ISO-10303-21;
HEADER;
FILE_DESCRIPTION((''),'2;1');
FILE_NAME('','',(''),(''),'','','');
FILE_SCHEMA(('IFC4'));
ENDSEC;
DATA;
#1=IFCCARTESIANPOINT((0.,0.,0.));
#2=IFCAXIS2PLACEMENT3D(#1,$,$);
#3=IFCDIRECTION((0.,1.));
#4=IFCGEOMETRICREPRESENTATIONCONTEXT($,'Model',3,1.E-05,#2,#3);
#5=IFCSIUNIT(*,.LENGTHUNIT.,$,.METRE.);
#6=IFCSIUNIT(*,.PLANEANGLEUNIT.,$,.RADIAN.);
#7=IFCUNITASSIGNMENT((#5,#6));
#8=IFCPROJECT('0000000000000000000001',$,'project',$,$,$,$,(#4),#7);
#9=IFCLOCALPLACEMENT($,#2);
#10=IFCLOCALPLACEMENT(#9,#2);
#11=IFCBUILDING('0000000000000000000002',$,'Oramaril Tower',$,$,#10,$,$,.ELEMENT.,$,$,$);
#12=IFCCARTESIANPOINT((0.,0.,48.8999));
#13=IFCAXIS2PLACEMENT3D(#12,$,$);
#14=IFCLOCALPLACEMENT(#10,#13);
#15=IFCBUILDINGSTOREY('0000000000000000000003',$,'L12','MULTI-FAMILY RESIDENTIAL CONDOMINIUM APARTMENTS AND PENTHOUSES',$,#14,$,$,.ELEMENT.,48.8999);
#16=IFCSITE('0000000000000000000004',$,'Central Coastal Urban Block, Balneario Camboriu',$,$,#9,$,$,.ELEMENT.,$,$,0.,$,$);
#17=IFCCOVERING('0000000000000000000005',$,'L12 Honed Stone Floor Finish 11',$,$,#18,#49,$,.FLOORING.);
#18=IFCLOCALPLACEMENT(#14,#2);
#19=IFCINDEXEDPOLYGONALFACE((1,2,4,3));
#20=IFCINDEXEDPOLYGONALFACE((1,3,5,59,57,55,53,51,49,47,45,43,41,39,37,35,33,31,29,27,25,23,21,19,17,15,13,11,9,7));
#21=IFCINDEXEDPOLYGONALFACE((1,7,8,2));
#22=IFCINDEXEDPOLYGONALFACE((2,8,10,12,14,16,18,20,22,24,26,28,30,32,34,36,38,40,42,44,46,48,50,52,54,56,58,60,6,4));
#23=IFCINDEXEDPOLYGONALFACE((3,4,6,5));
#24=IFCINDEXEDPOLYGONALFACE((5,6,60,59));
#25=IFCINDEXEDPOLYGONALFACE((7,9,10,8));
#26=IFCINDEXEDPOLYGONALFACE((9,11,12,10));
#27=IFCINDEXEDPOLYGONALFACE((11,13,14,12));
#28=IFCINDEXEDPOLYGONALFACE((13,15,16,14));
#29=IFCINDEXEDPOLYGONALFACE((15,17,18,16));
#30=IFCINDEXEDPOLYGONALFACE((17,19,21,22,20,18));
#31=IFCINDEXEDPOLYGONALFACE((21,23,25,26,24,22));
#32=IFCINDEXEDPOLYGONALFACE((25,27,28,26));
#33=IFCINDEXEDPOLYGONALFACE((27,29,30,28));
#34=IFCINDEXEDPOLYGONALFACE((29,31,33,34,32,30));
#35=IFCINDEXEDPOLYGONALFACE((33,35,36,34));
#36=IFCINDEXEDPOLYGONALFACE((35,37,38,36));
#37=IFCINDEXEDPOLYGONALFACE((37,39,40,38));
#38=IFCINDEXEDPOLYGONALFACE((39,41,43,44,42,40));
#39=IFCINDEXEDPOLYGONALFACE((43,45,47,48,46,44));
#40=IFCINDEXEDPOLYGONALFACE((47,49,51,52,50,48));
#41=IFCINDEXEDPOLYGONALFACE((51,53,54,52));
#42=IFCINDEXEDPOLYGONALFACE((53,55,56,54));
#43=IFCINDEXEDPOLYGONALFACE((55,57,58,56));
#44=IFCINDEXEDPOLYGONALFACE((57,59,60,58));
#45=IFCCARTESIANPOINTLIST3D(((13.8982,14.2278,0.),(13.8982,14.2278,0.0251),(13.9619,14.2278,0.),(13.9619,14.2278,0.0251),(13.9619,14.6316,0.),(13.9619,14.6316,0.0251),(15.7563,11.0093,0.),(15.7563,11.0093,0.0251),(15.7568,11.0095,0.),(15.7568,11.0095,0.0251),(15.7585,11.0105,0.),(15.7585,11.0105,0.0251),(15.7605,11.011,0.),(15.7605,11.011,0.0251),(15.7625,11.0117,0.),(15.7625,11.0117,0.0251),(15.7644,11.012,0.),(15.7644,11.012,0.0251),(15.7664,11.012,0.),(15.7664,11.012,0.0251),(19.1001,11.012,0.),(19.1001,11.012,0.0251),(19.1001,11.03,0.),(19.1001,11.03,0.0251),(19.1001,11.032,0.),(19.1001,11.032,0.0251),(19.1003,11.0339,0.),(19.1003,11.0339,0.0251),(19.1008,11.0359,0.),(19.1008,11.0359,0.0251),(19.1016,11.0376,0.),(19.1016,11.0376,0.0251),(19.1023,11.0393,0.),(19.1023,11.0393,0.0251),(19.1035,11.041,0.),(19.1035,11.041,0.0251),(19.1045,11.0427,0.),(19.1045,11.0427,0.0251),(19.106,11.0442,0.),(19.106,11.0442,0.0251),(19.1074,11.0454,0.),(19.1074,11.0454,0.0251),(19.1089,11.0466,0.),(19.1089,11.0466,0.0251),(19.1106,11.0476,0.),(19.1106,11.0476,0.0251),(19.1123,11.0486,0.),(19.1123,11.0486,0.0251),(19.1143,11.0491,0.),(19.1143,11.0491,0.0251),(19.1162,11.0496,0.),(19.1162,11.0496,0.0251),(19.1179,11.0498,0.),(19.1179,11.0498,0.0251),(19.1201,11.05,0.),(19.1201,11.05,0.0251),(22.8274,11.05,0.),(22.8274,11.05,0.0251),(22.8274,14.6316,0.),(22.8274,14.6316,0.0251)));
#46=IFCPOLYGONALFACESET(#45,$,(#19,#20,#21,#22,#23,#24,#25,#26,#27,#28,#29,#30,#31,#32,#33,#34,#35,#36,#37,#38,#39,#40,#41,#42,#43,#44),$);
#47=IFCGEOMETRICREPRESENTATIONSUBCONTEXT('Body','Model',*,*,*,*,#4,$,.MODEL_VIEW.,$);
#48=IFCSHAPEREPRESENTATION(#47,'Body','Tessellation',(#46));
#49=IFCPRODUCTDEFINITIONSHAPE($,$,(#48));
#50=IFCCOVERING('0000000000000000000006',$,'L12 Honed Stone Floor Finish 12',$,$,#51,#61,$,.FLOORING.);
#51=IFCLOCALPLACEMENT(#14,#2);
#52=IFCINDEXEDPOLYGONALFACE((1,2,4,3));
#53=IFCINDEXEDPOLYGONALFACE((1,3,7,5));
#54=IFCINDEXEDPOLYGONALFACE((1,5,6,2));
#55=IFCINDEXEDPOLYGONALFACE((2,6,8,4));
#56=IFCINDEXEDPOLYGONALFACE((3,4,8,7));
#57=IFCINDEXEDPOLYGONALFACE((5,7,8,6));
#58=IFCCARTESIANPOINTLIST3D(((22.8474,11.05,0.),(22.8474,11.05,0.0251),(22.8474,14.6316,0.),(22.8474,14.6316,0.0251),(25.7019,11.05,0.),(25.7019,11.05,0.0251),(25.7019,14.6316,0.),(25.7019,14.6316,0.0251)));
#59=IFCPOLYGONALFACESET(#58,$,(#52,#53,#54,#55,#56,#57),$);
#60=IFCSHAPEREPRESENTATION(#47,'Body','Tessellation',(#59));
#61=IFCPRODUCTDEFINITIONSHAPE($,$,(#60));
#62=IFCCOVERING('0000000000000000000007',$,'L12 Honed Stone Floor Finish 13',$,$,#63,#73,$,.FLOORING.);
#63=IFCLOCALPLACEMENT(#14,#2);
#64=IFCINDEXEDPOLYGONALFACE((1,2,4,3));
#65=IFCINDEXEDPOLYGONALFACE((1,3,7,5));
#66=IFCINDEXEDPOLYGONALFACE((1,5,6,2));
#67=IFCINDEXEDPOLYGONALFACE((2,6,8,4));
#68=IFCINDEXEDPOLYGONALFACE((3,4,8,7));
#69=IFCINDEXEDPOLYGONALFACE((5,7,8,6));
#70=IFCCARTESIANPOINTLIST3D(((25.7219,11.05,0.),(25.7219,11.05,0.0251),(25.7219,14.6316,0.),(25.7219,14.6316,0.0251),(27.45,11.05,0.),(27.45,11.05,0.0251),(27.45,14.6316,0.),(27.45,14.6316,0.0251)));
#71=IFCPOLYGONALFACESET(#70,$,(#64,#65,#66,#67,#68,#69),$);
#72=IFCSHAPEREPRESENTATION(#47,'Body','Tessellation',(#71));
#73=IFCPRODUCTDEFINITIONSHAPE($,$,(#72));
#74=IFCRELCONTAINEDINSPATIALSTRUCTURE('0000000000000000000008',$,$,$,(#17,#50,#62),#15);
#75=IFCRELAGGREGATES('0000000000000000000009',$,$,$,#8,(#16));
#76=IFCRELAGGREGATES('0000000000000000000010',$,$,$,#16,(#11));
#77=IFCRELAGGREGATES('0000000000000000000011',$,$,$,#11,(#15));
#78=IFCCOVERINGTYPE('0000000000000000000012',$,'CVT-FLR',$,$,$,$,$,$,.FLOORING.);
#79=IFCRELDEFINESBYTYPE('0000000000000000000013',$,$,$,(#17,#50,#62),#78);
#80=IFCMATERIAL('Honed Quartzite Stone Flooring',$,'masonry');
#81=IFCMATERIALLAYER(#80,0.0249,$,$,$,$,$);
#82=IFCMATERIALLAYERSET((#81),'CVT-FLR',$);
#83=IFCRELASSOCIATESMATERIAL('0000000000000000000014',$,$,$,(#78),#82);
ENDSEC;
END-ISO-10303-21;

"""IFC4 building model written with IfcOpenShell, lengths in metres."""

from ifc_helpers import new_model, si_unit, direction, frame, origin, place, context, subcontext, project, spatial, polyline, outline, extrude, material, layer, layer_set, type_object, element, save


model = new_model("IFC4")

# Units and contexts
model_context = context("Model", 3, precision=1e-05, world=origin(), true_north=direction((0.0, 1.0)))
body_context = subcontext(model_context, "Body", "Model", "MODEL_VIEW")
ifc_project = project(units=[si_unit("LENGTHUNIT", "METRE"), si_unit("PLANEANGLEUNIT", "RADIAN")], contexts=[model_context])

# Site, building, storey
site_placement = place(None, origin())
site = spatial("IfcSite", under=ifc_project, at=site_placement, Name="Central Coastal Urban Block, Balneario Camboriu", CompositionType="ELEMENT", RefElevation=0.0)
building_placement = place(site_placement, origin())
building = spatial("IfcBuilding", under=site, at=building_placement, Name="Oramaril Tower", CompositionType="ELEMENT")
storey_placement = place(building_placement, frame((0.0, 0.0, 48.8999)))
storey = spatial("IfcBuildingStorey", under=building, at=storey_placement, Name="L12", Description="MULTI-FAMILY RESIDENTIAL CONDOMINIUM APARTMENTS AND PENTHOUSES", CompositionType="ELEMENT", Elevation=48.8999)

# Coverings
ifc_material_1 = material(Name="Honed Quartzite Stone Flooring", Category="masonry")
ifc_layer_1 = layer(ifc_material_1, 0.0249)
ifc_layer_set_1 = layer_set([ifc_layer_1], Name="CVT-FLR")
covering_type = type_object("IfcCoveringType", Name="CVT-FLR", PredefinedType="FLOORING", material=ifc_layer_set_1)
covering_1_placement = place(storey_placement, origin())
element("IfcCovering", 1, at=covering_1_placement, inside=storey, type_object=covering_type, Name="L12 Honed Stone Floor Finish 11", PredefinedType="FLOORING", context=body_context, shape_type="SweptSolid", body=[
    extrude(outline(polyline([(13.9619, 14.2278), (13.9619, 14.6316), (22.8274, 14.6316), (22.8274, 11.05), (19.1201, 11.05), (19.1179, 11.0498), (19.1162, 11.0496), (19.1143, 11.0491), (19.1123, 11.0486), (19.1106, 11.0476), (19.1089, 11.0466), (19.1074, 11.0454), (19.106, 11.0442), (19.1045, 11.0427), (19.1035, 11.041), (19.1023, 11.0393), (19.1016, 11.0376), (19.1008, 11.0359), (19.1003, 11.0339), (19.1001, 11.032), (19.1001, 11.03), (19.1001, 11.012), (15.7664, 11.012), (15.7644, 11.012), (15.7625, 11.0117), (15.7605, 11.011), (15.7585, 11.0105), (15.7568, 11.0095), (15.7563, 11.0093), (13.8982, 14.2278), (13.9619, 14.2278)])), origin(), (0.0, 0.0, 1.0), 0.0251),
])
covering_2_placement = place(storey_placement, origin())
element("IfcCovering", 2, at=covering_2_placement, inside=storey, type_object=covering_type, Name="L12 Honed Stone Floor Finish 12", PredefinedType="FLOORING", context=body_context, shape_type="SweptSolid", body=[
    extrude(outline(polyline([(25.7019, 11.05), (22.8474, 11.05), (22.8474, 14.6316), (25.7019, 14.6316), (25.7019, 11.05)])), origin(), (0.0, 0.0, 1.0), 0.0251),
])
covering_3_placement = place(storey_placement, origin())
element("IfcCovering", 3, at=covering_3_placement, inside=storey, type_object=covering_type, Name="L12 Honed Stone Floor Finish 13", PredefinedType="FLOORING", context=body_context, shape_type="SweptSolid", body=[
    extrude(outline(polyline([(25.7219, 14.6316), (27.45, 14.6316), (27.45, 11.05), (25.7219, 11.05), (25.7219, 14.6316)])), origin(), (0.0, 0.0, 1.0), 0.0251),
])

save(model, "model.ifc")
